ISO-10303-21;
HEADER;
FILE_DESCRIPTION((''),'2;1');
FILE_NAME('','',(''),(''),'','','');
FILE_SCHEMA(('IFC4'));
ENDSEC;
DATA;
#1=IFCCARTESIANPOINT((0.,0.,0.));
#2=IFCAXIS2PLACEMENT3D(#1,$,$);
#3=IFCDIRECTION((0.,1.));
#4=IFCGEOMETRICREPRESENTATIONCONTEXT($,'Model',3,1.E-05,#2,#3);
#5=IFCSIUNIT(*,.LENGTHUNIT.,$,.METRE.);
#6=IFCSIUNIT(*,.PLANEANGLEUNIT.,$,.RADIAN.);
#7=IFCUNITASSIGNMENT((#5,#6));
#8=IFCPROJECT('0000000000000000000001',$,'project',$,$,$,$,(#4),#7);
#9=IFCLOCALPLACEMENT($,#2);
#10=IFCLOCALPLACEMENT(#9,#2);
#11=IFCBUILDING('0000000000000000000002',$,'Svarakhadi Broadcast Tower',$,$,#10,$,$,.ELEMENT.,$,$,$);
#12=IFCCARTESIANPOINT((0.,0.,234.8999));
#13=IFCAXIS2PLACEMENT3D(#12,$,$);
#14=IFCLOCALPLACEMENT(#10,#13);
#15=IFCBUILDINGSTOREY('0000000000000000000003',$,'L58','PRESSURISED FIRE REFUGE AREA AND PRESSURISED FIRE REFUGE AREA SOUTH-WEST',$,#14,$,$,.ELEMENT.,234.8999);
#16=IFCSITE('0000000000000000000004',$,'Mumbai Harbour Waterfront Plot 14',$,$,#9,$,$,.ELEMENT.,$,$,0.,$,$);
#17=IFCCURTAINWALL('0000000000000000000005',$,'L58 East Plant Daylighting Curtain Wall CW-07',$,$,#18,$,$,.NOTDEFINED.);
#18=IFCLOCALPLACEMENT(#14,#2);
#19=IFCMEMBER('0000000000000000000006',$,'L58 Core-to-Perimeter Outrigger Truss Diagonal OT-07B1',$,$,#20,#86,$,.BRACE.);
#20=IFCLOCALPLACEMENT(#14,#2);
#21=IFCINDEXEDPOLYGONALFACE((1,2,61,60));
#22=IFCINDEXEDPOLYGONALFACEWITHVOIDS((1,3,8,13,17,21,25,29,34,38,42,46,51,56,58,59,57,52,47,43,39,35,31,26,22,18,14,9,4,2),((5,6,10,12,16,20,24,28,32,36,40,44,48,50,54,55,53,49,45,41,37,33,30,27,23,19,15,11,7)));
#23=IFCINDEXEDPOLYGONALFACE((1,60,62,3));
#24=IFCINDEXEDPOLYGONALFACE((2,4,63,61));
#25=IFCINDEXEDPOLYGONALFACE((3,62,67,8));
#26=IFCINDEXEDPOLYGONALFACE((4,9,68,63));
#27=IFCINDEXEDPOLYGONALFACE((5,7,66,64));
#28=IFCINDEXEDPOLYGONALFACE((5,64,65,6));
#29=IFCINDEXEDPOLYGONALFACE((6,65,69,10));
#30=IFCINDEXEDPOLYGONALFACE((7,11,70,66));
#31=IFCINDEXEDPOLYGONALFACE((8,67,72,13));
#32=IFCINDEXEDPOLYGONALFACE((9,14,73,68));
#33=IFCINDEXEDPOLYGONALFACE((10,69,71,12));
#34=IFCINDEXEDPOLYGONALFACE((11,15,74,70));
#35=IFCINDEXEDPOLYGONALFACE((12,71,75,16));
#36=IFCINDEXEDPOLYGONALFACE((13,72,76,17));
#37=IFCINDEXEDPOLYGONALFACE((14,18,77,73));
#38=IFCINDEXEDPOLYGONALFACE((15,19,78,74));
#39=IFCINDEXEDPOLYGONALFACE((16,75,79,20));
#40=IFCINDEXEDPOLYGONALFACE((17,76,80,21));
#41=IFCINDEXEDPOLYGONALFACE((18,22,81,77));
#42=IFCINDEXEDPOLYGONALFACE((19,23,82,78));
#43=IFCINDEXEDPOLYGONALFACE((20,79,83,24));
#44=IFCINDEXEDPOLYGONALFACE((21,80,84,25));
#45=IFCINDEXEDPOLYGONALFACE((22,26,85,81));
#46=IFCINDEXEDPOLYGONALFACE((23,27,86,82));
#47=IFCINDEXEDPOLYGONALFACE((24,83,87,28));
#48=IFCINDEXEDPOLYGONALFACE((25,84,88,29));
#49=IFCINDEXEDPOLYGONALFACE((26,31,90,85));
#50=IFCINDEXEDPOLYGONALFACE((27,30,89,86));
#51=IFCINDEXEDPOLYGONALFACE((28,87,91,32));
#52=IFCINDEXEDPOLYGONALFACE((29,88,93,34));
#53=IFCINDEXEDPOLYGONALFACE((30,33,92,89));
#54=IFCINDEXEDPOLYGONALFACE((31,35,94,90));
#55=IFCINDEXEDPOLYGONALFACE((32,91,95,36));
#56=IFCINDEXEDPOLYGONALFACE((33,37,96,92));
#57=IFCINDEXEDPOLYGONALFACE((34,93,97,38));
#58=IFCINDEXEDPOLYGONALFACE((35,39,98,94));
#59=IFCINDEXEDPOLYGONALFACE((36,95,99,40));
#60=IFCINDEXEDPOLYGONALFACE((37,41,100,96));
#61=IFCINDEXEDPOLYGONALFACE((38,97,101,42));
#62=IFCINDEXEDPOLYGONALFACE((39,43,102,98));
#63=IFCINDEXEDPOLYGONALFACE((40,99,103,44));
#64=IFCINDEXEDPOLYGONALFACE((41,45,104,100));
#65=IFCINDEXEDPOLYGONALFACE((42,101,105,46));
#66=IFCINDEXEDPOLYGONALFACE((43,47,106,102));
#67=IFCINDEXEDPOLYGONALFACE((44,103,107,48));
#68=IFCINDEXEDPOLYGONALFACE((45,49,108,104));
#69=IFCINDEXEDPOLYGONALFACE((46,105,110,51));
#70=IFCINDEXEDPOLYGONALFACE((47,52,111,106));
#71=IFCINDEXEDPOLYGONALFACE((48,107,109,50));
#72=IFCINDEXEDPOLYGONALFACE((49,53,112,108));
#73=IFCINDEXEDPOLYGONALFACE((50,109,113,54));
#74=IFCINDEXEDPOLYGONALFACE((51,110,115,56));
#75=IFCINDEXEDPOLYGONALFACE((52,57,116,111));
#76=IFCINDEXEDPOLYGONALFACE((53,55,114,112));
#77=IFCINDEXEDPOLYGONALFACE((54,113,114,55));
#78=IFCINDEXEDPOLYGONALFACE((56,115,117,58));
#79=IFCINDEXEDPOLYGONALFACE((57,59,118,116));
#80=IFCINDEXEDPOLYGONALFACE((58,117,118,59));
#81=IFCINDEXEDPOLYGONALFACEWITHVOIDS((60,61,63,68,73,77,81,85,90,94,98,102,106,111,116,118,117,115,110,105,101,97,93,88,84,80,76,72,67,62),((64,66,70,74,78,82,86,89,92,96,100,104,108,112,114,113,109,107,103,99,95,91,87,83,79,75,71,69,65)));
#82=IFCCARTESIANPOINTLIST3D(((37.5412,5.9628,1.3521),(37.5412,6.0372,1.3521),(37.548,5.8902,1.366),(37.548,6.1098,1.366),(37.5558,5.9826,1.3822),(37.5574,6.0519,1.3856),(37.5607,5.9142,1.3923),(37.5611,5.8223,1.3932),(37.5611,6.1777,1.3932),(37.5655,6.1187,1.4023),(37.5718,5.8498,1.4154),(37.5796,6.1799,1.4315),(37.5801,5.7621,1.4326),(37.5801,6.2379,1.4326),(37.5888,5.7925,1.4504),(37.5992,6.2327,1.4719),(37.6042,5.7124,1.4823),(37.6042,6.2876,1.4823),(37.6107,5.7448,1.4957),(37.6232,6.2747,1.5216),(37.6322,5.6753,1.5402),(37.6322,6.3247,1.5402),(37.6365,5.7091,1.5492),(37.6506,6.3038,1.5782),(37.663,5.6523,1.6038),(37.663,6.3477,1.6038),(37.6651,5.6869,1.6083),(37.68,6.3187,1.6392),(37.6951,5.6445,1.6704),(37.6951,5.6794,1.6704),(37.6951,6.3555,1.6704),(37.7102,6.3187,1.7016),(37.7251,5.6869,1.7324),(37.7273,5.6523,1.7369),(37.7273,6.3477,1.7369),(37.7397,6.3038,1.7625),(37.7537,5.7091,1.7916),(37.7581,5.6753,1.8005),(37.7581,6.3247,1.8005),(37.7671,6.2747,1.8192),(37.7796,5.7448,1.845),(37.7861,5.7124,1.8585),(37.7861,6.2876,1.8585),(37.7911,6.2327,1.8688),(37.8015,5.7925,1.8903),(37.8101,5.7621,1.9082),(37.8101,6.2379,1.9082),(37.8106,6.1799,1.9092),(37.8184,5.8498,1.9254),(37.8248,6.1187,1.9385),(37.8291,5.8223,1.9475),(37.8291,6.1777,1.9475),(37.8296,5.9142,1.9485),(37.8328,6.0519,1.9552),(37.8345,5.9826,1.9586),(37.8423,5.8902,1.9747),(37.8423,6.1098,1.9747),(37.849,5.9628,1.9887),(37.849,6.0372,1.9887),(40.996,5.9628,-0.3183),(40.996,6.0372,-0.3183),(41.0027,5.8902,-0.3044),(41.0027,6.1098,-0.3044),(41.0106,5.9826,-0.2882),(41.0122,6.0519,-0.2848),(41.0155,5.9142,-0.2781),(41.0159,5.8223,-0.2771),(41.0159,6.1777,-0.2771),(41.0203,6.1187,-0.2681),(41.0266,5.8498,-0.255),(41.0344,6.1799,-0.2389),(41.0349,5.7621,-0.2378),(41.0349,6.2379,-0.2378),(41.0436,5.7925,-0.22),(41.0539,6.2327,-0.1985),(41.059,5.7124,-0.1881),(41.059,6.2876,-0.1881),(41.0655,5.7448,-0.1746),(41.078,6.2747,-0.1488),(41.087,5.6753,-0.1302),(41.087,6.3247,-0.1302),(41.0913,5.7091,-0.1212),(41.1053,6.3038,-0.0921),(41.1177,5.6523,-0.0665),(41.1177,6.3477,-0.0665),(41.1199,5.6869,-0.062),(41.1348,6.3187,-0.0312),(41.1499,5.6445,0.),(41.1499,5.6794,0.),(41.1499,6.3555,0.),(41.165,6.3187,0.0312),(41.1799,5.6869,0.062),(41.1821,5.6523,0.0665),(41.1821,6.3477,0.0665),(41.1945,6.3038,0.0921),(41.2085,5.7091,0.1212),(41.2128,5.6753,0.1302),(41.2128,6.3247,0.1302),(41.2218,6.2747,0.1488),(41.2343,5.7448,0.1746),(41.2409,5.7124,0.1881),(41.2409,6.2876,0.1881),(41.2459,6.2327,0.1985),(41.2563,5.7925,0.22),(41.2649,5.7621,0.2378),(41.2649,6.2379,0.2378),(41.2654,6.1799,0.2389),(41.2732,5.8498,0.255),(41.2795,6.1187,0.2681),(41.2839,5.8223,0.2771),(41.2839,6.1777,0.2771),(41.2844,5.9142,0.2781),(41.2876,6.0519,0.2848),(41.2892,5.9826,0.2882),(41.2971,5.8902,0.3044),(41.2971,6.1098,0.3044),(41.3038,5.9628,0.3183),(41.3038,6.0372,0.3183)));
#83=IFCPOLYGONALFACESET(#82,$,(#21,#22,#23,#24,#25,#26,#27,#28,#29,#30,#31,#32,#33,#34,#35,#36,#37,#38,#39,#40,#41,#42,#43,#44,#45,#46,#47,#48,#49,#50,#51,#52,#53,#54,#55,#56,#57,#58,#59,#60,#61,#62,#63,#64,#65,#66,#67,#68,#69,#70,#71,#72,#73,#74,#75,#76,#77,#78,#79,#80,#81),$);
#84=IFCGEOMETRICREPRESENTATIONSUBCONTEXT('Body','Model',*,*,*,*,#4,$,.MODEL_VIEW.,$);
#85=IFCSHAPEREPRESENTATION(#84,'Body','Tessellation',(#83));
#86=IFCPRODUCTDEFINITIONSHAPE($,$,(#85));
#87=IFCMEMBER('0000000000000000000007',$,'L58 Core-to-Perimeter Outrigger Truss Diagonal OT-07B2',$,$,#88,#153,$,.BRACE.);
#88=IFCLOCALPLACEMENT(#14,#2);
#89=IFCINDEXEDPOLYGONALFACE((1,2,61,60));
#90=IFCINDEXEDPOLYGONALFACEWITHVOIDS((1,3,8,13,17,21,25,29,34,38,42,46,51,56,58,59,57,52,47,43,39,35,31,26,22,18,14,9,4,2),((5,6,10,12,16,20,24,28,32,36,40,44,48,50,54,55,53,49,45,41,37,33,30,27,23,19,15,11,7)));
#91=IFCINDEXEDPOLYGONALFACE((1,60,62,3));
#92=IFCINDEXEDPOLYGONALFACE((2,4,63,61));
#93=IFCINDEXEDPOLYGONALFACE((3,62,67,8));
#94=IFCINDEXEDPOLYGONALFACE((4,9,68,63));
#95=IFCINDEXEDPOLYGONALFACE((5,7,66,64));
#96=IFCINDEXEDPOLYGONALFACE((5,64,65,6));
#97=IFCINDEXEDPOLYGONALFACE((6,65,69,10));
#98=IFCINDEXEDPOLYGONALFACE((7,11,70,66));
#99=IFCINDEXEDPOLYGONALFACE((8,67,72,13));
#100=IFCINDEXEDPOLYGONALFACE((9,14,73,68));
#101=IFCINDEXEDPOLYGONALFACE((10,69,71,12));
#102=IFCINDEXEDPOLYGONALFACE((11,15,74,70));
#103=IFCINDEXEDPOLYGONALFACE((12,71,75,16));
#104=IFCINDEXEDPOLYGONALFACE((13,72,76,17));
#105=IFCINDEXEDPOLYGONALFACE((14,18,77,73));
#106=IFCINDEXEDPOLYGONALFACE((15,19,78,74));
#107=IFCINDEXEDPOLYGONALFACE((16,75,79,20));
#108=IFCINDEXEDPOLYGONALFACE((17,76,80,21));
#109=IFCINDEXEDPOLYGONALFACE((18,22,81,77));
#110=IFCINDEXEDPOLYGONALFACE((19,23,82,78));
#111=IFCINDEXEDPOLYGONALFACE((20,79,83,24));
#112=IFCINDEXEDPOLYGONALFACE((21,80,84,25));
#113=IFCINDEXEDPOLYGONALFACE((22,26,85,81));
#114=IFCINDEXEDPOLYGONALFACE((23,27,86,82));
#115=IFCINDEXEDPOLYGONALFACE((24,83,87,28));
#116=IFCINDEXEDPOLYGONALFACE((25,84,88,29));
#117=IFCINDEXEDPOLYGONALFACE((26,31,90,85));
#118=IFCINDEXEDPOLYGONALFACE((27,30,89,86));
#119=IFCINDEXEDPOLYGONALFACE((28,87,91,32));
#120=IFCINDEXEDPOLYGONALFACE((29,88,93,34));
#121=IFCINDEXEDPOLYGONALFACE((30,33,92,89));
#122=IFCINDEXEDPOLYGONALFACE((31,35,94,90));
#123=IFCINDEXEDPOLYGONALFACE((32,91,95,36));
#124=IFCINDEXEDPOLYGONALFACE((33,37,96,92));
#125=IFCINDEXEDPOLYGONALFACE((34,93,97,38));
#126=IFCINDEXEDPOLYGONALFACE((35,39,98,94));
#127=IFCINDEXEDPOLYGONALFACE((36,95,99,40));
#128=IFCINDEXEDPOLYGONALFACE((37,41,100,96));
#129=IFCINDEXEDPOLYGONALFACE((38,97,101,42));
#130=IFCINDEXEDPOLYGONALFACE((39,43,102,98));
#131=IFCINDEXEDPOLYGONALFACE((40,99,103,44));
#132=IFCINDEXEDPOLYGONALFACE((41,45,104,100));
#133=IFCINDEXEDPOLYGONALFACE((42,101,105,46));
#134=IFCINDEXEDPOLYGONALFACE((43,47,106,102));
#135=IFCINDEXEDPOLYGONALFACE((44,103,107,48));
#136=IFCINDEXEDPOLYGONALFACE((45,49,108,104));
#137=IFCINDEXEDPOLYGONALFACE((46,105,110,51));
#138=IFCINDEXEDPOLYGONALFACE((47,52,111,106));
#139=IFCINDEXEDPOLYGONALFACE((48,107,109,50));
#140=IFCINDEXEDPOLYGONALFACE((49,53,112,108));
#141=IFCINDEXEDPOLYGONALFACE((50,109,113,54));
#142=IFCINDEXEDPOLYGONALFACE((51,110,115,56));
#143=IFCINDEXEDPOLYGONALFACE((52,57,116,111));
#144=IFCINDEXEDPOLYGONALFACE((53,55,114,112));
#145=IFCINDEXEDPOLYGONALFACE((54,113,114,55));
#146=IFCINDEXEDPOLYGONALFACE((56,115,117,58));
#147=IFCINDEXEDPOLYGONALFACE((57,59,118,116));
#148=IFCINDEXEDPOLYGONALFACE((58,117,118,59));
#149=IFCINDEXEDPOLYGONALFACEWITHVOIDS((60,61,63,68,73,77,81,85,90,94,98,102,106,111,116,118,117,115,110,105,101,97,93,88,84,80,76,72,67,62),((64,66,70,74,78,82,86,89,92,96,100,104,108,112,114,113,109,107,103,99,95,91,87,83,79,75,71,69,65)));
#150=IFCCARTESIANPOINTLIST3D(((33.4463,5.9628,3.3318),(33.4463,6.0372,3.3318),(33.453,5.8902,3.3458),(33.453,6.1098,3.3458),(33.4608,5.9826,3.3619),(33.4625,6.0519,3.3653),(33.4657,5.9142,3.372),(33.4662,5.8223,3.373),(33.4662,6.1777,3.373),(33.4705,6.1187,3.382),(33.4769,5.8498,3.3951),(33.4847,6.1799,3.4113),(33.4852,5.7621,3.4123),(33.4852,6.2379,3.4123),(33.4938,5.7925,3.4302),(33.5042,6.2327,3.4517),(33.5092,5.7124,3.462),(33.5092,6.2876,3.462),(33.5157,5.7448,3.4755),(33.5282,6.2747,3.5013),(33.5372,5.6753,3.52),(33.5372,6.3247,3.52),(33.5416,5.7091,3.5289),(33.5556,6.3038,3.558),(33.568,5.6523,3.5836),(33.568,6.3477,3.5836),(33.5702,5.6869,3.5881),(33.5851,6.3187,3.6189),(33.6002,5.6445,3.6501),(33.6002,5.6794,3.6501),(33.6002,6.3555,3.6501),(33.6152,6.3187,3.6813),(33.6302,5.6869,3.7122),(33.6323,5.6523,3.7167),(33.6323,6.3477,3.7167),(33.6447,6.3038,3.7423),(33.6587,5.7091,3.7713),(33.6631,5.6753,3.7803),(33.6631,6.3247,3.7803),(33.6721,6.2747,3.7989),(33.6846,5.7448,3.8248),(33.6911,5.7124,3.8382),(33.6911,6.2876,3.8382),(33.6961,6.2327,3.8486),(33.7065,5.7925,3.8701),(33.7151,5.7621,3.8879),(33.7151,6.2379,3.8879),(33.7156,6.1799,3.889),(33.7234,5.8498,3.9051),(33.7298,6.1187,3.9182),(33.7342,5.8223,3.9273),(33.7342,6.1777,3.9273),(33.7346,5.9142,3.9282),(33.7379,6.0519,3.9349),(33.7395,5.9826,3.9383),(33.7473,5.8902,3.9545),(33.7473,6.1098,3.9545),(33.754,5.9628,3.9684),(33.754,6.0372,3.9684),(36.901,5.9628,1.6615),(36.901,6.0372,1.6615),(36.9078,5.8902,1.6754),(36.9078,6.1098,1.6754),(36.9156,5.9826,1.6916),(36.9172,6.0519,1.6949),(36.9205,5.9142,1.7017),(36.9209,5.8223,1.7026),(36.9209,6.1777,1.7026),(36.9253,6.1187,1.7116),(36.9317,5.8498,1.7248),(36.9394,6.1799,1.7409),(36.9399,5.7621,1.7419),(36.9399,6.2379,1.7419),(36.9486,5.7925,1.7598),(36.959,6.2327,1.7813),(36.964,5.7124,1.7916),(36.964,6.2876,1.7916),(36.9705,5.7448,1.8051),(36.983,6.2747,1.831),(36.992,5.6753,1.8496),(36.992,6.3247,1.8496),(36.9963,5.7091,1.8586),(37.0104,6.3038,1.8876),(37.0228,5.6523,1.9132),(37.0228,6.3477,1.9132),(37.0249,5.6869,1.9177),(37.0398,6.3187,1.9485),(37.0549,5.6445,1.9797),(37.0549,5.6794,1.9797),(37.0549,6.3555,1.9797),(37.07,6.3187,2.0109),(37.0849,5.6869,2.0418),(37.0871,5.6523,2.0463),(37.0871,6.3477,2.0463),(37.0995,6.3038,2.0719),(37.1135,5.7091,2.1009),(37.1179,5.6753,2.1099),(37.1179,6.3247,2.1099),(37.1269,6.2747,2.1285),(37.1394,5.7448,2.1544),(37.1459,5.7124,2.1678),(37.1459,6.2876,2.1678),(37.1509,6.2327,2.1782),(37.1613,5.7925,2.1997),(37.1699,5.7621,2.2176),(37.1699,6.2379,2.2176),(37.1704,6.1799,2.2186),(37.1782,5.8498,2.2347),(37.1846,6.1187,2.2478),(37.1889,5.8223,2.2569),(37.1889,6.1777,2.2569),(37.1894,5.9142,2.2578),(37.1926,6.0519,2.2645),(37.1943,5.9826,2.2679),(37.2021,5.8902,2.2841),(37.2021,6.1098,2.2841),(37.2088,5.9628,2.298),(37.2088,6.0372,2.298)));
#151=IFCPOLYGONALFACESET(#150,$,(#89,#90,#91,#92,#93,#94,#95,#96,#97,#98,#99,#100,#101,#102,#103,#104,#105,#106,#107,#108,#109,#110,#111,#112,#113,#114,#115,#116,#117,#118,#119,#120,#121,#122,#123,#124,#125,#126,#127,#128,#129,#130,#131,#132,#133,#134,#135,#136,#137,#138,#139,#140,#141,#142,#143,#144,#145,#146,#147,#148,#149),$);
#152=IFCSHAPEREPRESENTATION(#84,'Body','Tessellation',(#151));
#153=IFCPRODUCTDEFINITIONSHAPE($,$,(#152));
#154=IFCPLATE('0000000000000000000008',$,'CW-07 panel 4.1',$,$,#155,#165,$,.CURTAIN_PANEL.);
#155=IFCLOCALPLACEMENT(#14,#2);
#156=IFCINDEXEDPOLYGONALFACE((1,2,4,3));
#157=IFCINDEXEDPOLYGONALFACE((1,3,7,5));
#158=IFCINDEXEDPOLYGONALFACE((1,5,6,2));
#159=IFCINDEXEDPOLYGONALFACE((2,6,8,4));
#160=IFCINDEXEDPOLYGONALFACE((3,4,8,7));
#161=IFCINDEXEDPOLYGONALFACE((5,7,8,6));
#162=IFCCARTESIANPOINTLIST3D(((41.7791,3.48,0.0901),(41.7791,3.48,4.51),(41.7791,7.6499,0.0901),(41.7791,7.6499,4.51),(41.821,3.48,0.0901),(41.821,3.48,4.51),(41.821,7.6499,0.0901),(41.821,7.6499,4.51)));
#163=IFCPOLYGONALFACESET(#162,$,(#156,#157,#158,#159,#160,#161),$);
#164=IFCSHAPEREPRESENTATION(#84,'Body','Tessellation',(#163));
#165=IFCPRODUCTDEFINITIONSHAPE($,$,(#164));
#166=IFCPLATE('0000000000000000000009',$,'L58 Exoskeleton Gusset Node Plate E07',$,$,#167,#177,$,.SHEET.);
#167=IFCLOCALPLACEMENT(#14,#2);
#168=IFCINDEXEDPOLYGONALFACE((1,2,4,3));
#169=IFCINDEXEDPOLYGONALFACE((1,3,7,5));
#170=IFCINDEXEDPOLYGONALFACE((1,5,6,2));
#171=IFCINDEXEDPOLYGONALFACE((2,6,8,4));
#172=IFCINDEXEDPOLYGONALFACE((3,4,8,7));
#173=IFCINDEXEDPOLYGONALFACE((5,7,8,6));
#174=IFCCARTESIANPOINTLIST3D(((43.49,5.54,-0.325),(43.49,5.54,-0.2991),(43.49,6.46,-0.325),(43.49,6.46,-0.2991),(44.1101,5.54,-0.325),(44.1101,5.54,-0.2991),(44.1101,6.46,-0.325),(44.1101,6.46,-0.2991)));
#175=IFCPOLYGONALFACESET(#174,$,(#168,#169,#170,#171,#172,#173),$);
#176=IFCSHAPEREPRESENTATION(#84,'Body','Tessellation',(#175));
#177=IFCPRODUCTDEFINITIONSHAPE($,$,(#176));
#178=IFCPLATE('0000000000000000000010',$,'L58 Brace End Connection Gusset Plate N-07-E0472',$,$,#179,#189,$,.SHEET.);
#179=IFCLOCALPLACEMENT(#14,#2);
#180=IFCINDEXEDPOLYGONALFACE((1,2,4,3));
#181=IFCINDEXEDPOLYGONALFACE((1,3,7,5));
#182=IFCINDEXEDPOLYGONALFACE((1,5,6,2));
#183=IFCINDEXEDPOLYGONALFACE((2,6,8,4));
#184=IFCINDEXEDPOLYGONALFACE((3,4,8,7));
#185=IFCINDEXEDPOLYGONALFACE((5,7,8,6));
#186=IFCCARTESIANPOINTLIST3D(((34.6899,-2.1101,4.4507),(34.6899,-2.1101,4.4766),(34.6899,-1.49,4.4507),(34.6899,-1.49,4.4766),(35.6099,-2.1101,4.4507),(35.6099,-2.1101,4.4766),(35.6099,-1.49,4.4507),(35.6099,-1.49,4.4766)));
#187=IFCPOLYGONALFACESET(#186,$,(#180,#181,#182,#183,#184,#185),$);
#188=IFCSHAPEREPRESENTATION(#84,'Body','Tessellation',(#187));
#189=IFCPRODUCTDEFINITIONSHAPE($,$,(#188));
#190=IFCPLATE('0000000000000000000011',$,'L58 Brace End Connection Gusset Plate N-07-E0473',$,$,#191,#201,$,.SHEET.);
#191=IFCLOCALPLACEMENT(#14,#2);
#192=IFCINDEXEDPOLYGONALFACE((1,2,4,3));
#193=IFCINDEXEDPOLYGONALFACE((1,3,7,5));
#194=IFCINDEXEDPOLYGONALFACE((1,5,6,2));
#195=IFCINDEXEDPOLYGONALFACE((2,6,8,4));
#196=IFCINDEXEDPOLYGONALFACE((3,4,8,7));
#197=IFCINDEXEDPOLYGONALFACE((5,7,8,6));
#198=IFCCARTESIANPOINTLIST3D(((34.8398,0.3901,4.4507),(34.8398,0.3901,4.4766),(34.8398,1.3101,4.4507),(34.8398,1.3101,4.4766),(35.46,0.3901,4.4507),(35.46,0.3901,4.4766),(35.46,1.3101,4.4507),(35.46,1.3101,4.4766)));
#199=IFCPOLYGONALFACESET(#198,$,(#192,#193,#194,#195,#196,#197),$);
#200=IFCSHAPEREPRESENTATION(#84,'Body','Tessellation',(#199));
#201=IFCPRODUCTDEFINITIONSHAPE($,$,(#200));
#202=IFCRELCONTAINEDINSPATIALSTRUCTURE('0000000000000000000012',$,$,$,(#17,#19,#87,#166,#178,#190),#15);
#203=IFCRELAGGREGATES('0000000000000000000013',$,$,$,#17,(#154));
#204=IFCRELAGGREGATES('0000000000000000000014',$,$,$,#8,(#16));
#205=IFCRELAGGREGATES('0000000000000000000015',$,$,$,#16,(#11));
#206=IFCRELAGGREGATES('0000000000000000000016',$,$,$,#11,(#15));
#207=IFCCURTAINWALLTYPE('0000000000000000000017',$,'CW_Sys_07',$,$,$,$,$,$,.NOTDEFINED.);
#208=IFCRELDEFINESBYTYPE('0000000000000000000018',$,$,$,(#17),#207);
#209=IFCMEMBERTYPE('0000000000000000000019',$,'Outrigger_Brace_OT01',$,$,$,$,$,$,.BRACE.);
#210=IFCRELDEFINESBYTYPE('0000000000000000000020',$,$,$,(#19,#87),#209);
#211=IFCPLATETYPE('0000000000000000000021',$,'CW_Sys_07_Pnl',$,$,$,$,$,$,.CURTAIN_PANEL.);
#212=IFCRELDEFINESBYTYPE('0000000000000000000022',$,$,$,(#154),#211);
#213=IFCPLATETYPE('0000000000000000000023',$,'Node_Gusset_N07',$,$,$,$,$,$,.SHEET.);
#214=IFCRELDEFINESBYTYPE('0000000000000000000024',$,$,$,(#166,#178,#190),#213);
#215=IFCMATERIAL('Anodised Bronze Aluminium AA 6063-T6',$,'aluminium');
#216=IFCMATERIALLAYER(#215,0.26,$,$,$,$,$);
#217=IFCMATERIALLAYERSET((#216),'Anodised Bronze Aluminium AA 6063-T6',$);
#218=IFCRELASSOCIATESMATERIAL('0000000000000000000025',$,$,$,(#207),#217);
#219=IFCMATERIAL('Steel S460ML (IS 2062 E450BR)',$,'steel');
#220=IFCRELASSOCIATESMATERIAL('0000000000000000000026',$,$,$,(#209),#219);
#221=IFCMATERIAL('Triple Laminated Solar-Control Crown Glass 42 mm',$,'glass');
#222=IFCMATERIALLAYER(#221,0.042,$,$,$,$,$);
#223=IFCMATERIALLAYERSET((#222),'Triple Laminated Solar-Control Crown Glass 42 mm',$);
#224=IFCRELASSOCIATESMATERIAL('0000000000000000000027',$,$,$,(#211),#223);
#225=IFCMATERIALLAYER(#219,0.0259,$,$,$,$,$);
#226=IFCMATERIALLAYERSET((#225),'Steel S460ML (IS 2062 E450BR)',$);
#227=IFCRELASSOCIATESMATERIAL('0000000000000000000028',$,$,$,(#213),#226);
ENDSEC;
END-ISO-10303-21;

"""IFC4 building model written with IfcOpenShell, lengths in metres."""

from ifc_helpers import new_model, si_unit, direction, frame, origin, origin_2d, place, context, subcontext, project, spatial, rectangle, hollow_circle, extrude, material, layer, layer_set, material_profile, profile_set, type_object, element, aggregate, save


model = new_model("IFC4")

# Units and contexts
model_context = context("Model", 3, precision=1e-05, world=origin(), true_north=direction((0.0, 1.0)))
body_context = subcontext(model_context, "Body", "Model", "MODEL_VIEW")
ifc_project = project(units=[si_unit("LENGTHUNIT", "METRE"), si_unit("PLANEANGLEUNIT", "RADIAN")], contexts=[model_context])

# Site, building, storey
site_placement = place(None, origin())
site = spatial("IfcSite", under=ifc_project, at=site_placement, Name="Mumbai Harbour Waterfront Plot 14", CompositionType="ELEMENT", RefElevation=0.0)
building_placement = place(site_placement, origin())
building = spatial("IfcBuilding", under=site, at=building_placement, Name="Svarakhadi Broadcast Tower", CompositionType="ELEMENT")
storey_placement = place(building_placement, frame((0.0, 0.0, 234.8999)))
storey = spatial("IfcBuildingStorey", under=building, at=storey_placement, Name="L58", Description="PRESSURISED FIRE REFUGE AREA AND PRESSURISED FIRE REFUGE AREA SOUTH-WEST", CompositionType="ELEMENT", Elevation=234.8999)

# Shared definitions
ifc_material_1 = material(Name="Steel S460ML (IS 2062 E450BR)", Category="steel")

# Curtain wall
ifc_material_2 = material(Name="Anodised Bronze Aluminium AA 6063-T6", Category="aluminium")
ifc_layer_1 = layer(ifc_material_2, 0.26)
ifc_layer_set_1 = layer_set([ifc_layer_1], Name="Anodised Bronze Aluminium AA 6063-T6")
curtain_wall_type = type_object("IfcCurtainWallType", Name="CW_Sys_07", PredefinedType="NOTDEFINED", material=ifc_layer_set_1)
curtain_wall_placement = place(storey_placement, origin())
curtain_wall = element("IfcCurtainWall", 1, at=curtain_wall_placement, inside=storey, type_object=curtain_wall_type, Name="L58 East Plant Daylighting Curtain Wall CW-07", PredefinedType="NOTDEFINED")

# Members
ifc_material_profile_1 = material_profile(ifc_material_1, hollow_circle(Radius=0.3555, WallThickness=0.0349, at=origin_2d()), Name="CHS 711x35")
ifc_profile_set_1 = profile_set([ifc_material_profile_1], Name="Steel S460ML (IS 2062 E450BR)")
member_type_1 = type_object("IfcMemberType", Name="Outrigger_Brace_OT01", PredefinedType="BRACE", material=ifc_profile_set_1)
for number, where, z_axis, x_axis, name in (
    (2, (41.1499, 6.0, 0.0), (-0.90029, 0.0, 0.43529), (0.0, -1.0, 0.0), "L58 Core-to-Perimeter Outrigger Truss Diagonal OT-07B1"),
    (3, (37.0549, 6.0, 1.9797), (-0.90029, 0.0, 0.43529), (0.0, -1.0, 0.0), "L58 Core-to-Perimeter Outrigger Truss Diagonal OT-07B2"),
):
    element("IfcMember", number, at=place(storey_placement, frame(where, z_axis=z_axis, x_axis=x_axis)), inside=storey, type_object=member_type_1, Name=name, PredefinedType="BRACE", context=body_context, shape_type="SweptSolid", body=[
        extrude(hollow_circle(Radius=0.3555, WallThickness=0.0349, at=origin_2d()), origin(), (0.0, 0.0, 1.0), 3.8374),
    ])

# Plate
ifc_material_3 = material(Name="Triple Laminated Solar-Control Crown Glass 42 mm", Category="glass")
ifc_layer_2 = layer(ifc_material_3, 0.042)
ifc_layer_set_2 = layer_set([ifc_layer_2], Name="Triple Laminated Solar-Control Crown Glass 42 mm")
plate_type_1 = type_object("IfcPlateType", Name="CW_Sys_07_Pnl", PredefinedType="CURTAIN_PANEL", material=ifc_layer_set_2)
plate_1_placement = place(storey_placement, frame((41.8, 5.5649, 0.0901), z_axis=(0.0, 0.0, 1.0), x_axis=(0.0, -1.0, 0.0)))
plate_1 = element("IfcPlate", 4, at=plate_1_placement, type_object=plate_type_1, Name="CW-07 panel 4.1", PredefinedType="CURTAIN_PANEL", context=body_context, shape_type="SweptSolid", body=[
    extrude(rectangle(XDim=4.1699, YDim=0.042, at=origin_2d()), origin(), (0.0, 0.0, 1.0), 4.4199),
])
aggregate(curtain_wall, [plate_1])

# Plates
ifc_layer_3 = layer(ifc_material_1, 0.0259)
ifc_layer_set_3 = layer_set([ifc_layer_3], Name="Steel S460ML (IS 2062 E450BR)")
plate_type_2 = type_object("IfcPlateType", Name="Node_Gusset_N07", PredefinedType="SHEET", material=ifc_layer_set_3)
for number, where, z_axis, x_axis, name in (
    (5, (43.8, 6.0, -0.325), (0.0, 0.0, 1.0), (0.0, 1.0, 0.0), "L58 Exoskeleton Gusset Node Plate E07"),
    (6, (35.1499, -1.8, 4.4507), (0.0, 0.0, 1.0), (1.0, 0.0, 0.0), "L58 Brace End Connection Gusset Plate N-07-E0472"),
    (7, (35.1499, 0.8501, 4.4507), (0.0, 0.0, 1.0), (0.0, 1.0, 0.0), "L58 Brace End Connection Gusset Plate N-07-E0473"),
):
    element("IfcPlate", number, at=place(storey_placement, frame(where, z_axis=z_axis, x_axis=x_axis)), inside=storey, type_object=plate_type_2, Name=name, PredefinedType="SHEET", context=body_context, shape_type="SweptSolid", body=[
        extrude(rectangle(XDim=0.9199, YDim=0.6201, at=origin_2d()), origin(), (0.0, 0.0, 1.0), 0.0259),
    ])

save(model, "model.ifc")
